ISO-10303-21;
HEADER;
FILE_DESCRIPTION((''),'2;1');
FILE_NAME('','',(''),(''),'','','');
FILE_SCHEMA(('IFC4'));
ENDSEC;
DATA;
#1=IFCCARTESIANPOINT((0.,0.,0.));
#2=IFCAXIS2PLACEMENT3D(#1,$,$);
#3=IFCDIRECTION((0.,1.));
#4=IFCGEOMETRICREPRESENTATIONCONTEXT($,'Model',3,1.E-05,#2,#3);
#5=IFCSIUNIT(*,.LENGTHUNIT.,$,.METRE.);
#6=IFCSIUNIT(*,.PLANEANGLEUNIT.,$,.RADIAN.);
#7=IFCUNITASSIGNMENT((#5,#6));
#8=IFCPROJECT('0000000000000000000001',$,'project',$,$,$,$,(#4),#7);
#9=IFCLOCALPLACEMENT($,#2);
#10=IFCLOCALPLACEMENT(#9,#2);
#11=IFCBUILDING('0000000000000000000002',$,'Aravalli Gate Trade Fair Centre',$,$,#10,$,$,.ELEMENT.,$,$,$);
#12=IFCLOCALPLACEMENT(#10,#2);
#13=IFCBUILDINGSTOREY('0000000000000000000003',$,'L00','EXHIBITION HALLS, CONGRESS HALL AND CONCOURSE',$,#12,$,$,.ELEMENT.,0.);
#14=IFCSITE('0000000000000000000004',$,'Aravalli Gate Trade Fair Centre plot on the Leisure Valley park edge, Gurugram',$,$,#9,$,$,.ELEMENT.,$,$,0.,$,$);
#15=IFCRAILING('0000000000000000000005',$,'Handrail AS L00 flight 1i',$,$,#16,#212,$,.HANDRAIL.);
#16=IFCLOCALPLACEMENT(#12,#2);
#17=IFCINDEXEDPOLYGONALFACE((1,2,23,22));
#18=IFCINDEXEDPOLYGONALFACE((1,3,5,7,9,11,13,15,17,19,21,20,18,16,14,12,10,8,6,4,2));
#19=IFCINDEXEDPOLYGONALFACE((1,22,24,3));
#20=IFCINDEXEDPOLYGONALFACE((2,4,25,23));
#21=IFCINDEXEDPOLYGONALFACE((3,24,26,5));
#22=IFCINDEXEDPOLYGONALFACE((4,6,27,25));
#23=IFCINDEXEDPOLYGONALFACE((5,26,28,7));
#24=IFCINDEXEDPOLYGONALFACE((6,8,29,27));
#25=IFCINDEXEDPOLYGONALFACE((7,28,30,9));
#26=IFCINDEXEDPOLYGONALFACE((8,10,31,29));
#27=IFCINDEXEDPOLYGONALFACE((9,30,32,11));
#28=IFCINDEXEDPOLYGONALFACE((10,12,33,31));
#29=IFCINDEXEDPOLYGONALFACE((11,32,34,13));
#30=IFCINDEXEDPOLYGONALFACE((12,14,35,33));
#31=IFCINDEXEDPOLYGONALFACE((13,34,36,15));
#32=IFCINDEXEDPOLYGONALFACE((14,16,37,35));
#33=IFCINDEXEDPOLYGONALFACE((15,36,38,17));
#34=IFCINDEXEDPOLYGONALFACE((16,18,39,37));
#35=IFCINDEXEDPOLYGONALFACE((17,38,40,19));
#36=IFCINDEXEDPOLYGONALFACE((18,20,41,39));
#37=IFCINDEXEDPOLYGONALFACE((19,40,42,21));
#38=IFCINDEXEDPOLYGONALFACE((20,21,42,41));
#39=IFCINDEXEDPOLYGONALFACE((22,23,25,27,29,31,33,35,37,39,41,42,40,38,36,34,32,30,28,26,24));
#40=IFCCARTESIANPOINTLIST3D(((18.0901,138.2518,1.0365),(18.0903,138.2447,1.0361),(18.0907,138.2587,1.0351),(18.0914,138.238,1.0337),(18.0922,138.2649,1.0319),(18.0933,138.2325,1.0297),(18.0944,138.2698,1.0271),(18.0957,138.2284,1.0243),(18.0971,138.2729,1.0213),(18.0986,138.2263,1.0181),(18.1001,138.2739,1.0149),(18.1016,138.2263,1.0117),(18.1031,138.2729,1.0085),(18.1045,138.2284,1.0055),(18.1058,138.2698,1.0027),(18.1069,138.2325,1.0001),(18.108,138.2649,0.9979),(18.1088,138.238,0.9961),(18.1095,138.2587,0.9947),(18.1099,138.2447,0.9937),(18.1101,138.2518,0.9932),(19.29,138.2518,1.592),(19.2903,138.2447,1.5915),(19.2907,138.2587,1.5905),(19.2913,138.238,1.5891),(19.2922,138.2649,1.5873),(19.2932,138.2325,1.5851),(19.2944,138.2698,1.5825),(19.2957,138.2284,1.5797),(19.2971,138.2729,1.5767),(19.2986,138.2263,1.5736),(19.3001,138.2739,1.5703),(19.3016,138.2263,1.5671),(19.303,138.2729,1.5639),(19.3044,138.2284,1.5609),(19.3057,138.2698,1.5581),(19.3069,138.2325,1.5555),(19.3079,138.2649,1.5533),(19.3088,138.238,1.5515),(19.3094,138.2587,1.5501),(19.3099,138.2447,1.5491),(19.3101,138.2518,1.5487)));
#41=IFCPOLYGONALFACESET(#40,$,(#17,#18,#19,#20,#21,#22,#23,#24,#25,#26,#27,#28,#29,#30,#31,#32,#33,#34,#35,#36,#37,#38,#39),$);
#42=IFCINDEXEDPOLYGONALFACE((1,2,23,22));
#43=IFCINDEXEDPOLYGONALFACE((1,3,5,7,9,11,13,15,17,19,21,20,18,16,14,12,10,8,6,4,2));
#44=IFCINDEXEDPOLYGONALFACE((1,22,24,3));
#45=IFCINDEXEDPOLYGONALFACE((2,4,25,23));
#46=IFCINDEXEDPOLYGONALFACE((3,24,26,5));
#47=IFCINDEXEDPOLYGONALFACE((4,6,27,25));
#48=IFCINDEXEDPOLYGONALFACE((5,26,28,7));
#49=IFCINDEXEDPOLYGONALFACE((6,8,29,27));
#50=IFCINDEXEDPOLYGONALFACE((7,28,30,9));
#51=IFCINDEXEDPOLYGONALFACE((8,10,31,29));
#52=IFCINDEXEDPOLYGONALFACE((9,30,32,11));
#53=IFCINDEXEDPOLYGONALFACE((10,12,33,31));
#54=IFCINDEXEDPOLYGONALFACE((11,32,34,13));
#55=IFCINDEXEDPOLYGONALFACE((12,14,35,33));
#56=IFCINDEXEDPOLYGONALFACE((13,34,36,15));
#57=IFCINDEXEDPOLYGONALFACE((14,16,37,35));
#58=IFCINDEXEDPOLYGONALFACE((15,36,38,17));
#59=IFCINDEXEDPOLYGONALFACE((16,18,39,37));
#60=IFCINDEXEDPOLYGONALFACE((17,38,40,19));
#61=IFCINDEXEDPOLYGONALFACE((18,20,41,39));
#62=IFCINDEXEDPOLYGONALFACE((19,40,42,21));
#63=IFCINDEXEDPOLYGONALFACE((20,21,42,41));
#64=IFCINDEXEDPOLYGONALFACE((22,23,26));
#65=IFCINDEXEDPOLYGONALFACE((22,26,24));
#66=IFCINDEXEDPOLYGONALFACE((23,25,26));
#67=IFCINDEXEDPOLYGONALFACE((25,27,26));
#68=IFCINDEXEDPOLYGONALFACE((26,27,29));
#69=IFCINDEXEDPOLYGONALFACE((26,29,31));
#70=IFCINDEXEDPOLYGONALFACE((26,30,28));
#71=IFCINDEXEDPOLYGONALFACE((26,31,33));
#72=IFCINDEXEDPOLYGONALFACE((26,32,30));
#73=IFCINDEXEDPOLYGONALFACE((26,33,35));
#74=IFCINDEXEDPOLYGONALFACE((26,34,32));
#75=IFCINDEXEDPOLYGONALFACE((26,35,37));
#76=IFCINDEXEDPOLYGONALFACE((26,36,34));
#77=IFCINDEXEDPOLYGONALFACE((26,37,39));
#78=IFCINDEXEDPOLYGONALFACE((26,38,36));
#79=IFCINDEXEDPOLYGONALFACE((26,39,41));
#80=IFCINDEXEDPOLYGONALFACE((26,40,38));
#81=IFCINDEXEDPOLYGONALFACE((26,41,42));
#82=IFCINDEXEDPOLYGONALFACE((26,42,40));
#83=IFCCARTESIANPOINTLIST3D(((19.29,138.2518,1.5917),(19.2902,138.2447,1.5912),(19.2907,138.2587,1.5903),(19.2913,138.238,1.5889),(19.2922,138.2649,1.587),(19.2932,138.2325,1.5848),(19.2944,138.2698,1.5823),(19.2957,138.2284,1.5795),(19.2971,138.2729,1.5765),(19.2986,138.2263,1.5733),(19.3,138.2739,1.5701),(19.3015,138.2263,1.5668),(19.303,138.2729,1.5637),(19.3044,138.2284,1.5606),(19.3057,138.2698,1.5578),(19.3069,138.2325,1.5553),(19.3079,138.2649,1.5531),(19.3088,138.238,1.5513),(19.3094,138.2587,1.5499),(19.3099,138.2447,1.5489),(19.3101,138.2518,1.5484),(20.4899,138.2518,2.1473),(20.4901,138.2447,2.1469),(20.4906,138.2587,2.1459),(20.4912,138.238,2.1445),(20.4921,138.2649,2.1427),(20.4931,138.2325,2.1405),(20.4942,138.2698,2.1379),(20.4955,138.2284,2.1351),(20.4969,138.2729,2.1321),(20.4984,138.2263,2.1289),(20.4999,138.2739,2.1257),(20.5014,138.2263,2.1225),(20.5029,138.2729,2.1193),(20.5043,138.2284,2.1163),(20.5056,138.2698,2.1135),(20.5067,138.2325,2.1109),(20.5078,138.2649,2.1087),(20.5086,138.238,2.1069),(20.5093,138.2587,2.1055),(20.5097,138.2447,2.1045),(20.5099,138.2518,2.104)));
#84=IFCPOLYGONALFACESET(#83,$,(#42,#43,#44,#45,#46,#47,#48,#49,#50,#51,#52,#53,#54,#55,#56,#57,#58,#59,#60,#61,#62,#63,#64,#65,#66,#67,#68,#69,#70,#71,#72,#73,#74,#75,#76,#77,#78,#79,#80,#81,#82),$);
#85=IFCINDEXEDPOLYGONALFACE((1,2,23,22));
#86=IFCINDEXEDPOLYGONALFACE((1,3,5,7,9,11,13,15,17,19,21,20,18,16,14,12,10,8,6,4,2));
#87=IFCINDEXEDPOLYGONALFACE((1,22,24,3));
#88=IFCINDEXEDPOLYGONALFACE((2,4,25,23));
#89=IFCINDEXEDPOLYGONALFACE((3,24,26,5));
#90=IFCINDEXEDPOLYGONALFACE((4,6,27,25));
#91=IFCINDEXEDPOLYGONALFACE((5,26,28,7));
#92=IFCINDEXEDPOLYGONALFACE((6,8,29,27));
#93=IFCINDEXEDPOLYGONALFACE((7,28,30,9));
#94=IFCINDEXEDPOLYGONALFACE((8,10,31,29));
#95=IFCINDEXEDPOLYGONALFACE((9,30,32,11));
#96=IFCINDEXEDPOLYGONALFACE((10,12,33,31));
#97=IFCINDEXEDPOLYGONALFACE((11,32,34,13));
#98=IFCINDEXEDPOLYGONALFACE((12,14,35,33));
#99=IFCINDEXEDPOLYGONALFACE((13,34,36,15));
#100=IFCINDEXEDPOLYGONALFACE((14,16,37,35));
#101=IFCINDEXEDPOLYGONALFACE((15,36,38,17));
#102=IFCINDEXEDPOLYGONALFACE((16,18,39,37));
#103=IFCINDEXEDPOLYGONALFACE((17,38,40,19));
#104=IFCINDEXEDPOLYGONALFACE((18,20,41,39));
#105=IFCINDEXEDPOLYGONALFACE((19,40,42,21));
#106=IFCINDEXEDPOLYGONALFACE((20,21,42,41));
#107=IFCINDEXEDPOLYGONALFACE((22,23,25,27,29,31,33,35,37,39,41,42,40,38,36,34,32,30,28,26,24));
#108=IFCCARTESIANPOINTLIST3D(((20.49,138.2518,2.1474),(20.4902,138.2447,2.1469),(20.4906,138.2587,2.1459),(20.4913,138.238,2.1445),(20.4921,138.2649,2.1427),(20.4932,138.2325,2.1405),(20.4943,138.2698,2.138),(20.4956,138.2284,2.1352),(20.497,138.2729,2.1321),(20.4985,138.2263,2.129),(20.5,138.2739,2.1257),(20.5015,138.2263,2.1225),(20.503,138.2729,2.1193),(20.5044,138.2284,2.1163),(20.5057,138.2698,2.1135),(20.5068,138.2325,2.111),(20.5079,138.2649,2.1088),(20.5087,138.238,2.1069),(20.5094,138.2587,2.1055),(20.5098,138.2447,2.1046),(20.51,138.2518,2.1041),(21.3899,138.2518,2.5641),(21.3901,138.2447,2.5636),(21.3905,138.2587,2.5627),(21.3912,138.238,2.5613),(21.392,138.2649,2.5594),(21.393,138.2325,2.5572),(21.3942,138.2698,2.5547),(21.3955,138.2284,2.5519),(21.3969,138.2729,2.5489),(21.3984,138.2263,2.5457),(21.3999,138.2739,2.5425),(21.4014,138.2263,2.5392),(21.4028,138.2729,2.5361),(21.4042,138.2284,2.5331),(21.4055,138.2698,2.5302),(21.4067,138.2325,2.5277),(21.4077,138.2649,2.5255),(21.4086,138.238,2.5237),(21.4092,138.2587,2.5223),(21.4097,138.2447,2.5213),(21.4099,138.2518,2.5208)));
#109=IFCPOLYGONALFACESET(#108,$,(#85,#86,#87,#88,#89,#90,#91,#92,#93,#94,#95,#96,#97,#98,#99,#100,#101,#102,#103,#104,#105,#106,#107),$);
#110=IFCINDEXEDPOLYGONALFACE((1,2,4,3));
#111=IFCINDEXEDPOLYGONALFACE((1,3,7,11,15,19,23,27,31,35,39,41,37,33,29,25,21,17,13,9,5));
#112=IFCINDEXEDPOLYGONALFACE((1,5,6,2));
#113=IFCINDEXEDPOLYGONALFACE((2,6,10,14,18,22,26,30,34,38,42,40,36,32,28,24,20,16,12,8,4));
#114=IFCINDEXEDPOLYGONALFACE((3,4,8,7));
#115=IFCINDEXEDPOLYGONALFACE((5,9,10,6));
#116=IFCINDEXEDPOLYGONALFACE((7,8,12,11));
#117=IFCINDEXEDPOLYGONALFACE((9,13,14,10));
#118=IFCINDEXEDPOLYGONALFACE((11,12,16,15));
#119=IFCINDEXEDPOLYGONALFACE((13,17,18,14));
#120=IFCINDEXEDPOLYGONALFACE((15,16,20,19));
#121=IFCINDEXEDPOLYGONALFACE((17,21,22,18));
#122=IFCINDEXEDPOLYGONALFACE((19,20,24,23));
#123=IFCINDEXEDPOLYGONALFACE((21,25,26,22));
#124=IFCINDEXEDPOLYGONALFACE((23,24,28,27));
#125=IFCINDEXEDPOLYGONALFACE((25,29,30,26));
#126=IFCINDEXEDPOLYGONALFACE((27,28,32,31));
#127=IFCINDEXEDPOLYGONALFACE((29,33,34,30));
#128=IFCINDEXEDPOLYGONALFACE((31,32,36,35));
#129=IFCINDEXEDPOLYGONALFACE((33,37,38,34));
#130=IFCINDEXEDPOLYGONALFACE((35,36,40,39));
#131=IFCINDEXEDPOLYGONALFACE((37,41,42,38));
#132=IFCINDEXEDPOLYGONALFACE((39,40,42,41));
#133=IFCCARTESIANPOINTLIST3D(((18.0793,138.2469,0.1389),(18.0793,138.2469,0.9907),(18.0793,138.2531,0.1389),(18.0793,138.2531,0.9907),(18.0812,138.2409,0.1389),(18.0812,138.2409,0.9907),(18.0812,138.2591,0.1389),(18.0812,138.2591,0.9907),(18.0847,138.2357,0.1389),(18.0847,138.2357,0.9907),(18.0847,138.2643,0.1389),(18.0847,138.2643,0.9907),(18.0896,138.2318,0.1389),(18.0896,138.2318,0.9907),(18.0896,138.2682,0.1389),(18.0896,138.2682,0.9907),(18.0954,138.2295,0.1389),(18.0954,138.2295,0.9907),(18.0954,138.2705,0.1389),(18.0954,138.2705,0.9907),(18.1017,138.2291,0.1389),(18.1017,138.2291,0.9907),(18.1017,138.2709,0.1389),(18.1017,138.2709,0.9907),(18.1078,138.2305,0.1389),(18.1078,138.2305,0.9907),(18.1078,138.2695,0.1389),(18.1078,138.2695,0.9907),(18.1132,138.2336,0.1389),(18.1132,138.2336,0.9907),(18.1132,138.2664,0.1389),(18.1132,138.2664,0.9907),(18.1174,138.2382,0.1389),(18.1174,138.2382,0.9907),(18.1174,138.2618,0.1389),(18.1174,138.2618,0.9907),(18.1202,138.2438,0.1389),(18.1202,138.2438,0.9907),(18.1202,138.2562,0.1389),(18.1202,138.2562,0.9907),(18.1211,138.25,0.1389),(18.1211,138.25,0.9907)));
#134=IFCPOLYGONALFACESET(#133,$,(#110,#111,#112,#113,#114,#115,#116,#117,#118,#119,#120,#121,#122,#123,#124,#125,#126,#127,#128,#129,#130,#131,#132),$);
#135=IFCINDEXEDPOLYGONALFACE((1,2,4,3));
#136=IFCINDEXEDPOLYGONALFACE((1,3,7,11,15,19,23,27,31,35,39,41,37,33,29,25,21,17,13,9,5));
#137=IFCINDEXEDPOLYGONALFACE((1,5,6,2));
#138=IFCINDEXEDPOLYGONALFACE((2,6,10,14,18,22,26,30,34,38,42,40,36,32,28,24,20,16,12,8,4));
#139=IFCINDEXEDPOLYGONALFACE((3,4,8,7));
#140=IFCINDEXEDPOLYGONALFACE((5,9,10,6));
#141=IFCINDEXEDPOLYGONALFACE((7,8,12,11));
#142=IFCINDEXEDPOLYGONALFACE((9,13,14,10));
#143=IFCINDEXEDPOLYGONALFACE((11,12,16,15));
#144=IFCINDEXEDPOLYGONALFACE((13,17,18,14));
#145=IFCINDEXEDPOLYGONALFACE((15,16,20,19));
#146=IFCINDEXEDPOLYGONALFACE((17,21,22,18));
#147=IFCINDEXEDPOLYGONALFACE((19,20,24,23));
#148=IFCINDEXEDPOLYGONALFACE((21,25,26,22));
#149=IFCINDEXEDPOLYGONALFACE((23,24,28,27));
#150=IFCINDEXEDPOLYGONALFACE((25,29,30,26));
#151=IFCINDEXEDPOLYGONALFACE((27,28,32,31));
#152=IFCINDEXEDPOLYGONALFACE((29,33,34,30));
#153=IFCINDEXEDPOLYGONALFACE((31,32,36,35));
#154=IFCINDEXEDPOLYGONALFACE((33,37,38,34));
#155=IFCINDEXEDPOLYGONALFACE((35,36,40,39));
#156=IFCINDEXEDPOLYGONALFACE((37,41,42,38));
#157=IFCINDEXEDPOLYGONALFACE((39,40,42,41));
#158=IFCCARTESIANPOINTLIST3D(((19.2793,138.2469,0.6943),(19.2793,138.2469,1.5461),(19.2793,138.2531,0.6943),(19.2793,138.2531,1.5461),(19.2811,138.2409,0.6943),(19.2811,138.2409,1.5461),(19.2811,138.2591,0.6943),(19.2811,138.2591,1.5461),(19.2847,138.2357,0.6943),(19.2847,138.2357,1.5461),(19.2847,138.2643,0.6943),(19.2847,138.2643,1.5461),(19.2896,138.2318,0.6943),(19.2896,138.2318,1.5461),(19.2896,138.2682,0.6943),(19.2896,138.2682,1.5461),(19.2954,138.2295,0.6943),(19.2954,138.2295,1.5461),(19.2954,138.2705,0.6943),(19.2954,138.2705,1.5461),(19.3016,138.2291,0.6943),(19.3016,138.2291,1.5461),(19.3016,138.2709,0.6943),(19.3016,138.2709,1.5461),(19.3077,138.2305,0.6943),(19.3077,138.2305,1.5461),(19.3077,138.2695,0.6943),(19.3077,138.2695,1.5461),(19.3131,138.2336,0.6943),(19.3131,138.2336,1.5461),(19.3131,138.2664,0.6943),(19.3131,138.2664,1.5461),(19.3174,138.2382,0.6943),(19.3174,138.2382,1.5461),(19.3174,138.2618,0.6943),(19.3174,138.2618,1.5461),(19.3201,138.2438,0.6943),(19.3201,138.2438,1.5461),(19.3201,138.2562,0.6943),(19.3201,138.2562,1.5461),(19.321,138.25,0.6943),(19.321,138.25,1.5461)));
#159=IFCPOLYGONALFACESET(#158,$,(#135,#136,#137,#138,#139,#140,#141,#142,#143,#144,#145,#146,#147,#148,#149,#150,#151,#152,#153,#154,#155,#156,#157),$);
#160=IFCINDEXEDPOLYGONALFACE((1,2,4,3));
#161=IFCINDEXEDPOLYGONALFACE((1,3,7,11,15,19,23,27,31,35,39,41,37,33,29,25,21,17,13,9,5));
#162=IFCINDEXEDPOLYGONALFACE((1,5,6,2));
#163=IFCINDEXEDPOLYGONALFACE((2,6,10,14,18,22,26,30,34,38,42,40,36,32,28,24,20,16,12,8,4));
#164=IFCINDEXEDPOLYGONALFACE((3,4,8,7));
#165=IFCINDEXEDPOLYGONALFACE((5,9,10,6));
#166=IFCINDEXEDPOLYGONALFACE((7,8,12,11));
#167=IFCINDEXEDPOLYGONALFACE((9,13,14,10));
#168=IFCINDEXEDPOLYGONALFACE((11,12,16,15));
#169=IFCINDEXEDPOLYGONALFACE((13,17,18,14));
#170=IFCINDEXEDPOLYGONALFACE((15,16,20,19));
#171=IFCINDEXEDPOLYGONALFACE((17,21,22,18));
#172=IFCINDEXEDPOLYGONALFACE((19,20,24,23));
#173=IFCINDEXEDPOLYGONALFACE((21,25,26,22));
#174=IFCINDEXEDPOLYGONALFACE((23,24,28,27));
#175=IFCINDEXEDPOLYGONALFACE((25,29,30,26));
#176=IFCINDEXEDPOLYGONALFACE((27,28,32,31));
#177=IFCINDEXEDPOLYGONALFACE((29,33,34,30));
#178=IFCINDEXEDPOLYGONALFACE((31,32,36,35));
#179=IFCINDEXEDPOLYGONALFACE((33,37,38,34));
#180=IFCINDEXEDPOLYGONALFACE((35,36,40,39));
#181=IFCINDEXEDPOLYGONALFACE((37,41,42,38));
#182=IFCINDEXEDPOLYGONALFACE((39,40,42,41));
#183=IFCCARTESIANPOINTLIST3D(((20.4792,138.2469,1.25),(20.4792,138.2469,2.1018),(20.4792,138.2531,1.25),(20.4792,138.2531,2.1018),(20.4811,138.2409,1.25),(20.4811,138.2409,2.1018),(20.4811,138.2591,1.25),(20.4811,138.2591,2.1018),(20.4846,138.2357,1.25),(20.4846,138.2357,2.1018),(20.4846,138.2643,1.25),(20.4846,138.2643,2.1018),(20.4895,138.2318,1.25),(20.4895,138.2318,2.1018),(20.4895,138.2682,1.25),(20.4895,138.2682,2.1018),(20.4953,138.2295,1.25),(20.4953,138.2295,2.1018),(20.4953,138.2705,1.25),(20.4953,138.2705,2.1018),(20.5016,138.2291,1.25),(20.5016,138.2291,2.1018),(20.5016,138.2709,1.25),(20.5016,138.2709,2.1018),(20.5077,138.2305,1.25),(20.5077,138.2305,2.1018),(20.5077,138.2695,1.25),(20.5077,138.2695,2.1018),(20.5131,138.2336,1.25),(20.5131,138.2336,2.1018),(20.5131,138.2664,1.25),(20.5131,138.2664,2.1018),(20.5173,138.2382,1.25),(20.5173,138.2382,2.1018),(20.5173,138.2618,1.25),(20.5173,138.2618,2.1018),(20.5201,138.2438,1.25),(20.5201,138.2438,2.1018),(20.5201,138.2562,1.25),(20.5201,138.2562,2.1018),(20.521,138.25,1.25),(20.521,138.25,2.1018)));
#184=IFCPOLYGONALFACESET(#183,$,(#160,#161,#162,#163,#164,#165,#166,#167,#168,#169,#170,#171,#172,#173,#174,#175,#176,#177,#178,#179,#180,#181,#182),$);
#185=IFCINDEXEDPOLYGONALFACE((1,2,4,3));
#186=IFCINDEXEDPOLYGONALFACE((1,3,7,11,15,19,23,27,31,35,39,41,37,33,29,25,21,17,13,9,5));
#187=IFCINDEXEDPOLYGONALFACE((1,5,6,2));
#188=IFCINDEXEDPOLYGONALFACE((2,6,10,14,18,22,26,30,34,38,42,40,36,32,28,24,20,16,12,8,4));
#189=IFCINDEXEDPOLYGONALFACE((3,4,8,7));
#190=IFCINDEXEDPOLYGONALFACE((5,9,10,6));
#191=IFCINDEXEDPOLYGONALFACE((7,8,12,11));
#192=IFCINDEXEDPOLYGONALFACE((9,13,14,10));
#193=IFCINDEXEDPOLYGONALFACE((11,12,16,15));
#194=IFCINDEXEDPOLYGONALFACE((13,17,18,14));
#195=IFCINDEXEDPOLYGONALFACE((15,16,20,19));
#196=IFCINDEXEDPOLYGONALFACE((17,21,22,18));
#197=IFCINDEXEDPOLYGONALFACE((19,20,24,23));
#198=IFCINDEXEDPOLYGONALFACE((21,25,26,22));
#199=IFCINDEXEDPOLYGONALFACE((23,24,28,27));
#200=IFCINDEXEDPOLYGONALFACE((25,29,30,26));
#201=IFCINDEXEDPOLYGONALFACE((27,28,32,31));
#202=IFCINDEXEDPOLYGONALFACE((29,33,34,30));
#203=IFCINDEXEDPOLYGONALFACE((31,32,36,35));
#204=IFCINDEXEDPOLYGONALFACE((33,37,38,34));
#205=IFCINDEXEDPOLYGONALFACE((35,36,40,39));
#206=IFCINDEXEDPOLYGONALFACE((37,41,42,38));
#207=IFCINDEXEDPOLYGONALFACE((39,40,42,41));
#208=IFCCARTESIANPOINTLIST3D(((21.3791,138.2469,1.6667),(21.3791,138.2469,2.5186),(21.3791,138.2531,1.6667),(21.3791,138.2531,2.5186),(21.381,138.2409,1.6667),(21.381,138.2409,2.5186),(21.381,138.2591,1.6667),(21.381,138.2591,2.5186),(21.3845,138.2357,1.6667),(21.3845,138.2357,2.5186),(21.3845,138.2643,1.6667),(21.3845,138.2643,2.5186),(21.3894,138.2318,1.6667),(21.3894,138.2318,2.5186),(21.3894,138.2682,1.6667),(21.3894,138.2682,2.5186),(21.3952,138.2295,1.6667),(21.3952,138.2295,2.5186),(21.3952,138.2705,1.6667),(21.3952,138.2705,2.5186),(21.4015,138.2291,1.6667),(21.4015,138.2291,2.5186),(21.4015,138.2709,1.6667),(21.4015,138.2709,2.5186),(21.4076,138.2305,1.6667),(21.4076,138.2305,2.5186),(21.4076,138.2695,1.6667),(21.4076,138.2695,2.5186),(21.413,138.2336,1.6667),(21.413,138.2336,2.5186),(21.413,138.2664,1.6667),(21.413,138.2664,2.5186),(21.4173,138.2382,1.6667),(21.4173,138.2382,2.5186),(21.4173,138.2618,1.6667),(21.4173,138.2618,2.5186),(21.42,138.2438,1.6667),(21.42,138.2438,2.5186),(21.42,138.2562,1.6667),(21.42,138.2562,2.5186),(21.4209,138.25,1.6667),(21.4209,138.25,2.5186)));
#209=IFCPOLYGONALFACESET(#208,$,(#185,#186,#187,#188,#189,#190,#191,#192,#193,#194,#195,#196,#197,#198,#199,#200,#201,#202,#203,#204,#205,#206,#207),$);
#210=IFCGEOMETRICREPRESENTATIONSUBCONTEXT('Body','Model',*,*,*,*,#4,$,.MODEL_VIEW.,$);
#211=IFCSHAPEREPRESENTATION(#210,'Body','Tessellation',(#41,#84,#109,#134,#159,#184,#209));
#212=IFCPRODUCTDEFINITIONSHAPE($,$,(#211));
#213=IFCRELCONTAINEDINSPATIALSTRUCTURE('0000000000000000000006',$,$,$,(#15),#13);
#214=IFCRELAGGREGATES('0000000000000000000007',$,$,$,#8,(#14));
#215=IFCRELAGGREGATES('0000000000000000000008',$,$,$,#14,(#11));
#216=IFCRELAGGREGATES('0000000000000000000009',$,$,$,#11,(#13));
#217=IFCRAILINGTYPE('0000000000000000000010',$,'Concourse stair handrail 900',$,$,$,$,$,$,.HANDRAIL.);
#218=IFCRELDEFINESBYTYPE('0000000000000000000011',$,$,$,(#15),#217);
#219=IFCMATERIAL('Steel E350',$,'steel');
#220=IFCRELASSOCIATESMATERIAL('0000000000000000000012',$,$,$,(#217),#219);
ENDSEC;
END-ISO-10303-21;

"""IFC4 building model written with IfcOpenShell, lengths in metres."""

from ifc_helpers import new_model, si_unit, direction, frame, origin, origin_2d, place, context, subcontext, project, spatial, circle, extrude, material, type_object, element, save


model = new_model("IFC4")

# Units and contexts
model_context = context("Model", 3, precision=1e-05, world=origin(), true_north=direction((0.0, 1.0)))
body_context = subcontext(model_context, "Body", "Model", "MODEL_VIEW")
ifc_project = project(units=[si_unit("LENGTHUNIT", "METRE"), si_unit("PLANEANGLEUNIT", "RADIAN")], contexts=[model_context])

# Site, building, storey
site_placement = place(None, origin())
site = spatial("IfcSite", under=ifc_project, at=site_placement, Name="Aravalli Gate Trade Fair Centre plot on the Leisure Valley park edge, Gurugram", CompositionType="ELEMENT", RefElevation=0.0)
building_placement = place(site_placement, origin())
building = spatial("IfcBuilding", under=site, at=building_placement, Name="Aravalli Gate Trade Fair Centre", CompositionType="ELEMENT")
storey_placement = place(building_placement, origin())
storey = spatial("IfcBuildingStorey", under=building, at=storey_placement, Name="L00", Description="EXHIBITION HALLS, CONGRESS HALL AND CONCOURSE", CompositionType="ELEMENT", Elevation=0.0)

# Railing
ifc_material_1 = material(Name="Steel E350", Category="steel")
railing_type_1 = type_object("IfcRailingType", Name="Concourse stair handrail 900", PredefinedType="HANDRAIL", material=ifc_material_1)
railing_placement = place(storey_placement, frame((18.1001, 138.25, 0.1389)))
element("IfcRailing", 1, at=railing_placement, inside=storey, type_object=railing_type_1, Name="Handrail AS L00 flight 1i", PredefinedType="HANDRAIL", context=body_context, shape_type="SweptSolid", body=[
    extrude(circle(Radius=0.0239, at=origin_2d()), frame((0.0, 0.0, 0.876), z_axis=(0.907499, 0.0, 0.420053), x_axis=(0.0, 1.0, 0.0)), (0.0, 0.0, 1.0), 1.3223),
    extrude(circle(Radius=0.0239, at=origin_2d()), frame((1.2, 0.0, 1.4312), z_axis=(0.907429, 0.0, 0.420205), x_axis=(0.0, 1.0, 0.0)), (0.0, 0.0, 1.0), 1.3223),
    extrude(circle(Radius=0.0239, at=origin_2d()), frame((2.3999, 0.0, 1.9868), z_axis=(0.907418, 0.0, 0.420229), x_axis=(0.0, 1.0, 0.0)), (0.0, 0.0, 1.0), 0.9917),
    extrude(circle(Radius=0.021, at=origin_2d()), origin(), (0.0, 0.0, 1.0), 0.8518),
    extrude(circle(Radius=0.021, at=origin_2d()), frame((1.2, 0.0, 0.5554)), (0.0, 0.0, 1.0), 0.8518),
    extrude(circle(Radius=0.021, at=origin_2d()), frame((2.3999, 0.0, 1.1111)), (0.0, 0.0, 1.0), 0.8518),
    extrude(circle(Radius=0.021, at=origin_2d()), frame((3.2998, 0.0, 1.5278)), (0.0, 0.0, 1.0), 0.8518),
])

save(model, "model.ifc")
